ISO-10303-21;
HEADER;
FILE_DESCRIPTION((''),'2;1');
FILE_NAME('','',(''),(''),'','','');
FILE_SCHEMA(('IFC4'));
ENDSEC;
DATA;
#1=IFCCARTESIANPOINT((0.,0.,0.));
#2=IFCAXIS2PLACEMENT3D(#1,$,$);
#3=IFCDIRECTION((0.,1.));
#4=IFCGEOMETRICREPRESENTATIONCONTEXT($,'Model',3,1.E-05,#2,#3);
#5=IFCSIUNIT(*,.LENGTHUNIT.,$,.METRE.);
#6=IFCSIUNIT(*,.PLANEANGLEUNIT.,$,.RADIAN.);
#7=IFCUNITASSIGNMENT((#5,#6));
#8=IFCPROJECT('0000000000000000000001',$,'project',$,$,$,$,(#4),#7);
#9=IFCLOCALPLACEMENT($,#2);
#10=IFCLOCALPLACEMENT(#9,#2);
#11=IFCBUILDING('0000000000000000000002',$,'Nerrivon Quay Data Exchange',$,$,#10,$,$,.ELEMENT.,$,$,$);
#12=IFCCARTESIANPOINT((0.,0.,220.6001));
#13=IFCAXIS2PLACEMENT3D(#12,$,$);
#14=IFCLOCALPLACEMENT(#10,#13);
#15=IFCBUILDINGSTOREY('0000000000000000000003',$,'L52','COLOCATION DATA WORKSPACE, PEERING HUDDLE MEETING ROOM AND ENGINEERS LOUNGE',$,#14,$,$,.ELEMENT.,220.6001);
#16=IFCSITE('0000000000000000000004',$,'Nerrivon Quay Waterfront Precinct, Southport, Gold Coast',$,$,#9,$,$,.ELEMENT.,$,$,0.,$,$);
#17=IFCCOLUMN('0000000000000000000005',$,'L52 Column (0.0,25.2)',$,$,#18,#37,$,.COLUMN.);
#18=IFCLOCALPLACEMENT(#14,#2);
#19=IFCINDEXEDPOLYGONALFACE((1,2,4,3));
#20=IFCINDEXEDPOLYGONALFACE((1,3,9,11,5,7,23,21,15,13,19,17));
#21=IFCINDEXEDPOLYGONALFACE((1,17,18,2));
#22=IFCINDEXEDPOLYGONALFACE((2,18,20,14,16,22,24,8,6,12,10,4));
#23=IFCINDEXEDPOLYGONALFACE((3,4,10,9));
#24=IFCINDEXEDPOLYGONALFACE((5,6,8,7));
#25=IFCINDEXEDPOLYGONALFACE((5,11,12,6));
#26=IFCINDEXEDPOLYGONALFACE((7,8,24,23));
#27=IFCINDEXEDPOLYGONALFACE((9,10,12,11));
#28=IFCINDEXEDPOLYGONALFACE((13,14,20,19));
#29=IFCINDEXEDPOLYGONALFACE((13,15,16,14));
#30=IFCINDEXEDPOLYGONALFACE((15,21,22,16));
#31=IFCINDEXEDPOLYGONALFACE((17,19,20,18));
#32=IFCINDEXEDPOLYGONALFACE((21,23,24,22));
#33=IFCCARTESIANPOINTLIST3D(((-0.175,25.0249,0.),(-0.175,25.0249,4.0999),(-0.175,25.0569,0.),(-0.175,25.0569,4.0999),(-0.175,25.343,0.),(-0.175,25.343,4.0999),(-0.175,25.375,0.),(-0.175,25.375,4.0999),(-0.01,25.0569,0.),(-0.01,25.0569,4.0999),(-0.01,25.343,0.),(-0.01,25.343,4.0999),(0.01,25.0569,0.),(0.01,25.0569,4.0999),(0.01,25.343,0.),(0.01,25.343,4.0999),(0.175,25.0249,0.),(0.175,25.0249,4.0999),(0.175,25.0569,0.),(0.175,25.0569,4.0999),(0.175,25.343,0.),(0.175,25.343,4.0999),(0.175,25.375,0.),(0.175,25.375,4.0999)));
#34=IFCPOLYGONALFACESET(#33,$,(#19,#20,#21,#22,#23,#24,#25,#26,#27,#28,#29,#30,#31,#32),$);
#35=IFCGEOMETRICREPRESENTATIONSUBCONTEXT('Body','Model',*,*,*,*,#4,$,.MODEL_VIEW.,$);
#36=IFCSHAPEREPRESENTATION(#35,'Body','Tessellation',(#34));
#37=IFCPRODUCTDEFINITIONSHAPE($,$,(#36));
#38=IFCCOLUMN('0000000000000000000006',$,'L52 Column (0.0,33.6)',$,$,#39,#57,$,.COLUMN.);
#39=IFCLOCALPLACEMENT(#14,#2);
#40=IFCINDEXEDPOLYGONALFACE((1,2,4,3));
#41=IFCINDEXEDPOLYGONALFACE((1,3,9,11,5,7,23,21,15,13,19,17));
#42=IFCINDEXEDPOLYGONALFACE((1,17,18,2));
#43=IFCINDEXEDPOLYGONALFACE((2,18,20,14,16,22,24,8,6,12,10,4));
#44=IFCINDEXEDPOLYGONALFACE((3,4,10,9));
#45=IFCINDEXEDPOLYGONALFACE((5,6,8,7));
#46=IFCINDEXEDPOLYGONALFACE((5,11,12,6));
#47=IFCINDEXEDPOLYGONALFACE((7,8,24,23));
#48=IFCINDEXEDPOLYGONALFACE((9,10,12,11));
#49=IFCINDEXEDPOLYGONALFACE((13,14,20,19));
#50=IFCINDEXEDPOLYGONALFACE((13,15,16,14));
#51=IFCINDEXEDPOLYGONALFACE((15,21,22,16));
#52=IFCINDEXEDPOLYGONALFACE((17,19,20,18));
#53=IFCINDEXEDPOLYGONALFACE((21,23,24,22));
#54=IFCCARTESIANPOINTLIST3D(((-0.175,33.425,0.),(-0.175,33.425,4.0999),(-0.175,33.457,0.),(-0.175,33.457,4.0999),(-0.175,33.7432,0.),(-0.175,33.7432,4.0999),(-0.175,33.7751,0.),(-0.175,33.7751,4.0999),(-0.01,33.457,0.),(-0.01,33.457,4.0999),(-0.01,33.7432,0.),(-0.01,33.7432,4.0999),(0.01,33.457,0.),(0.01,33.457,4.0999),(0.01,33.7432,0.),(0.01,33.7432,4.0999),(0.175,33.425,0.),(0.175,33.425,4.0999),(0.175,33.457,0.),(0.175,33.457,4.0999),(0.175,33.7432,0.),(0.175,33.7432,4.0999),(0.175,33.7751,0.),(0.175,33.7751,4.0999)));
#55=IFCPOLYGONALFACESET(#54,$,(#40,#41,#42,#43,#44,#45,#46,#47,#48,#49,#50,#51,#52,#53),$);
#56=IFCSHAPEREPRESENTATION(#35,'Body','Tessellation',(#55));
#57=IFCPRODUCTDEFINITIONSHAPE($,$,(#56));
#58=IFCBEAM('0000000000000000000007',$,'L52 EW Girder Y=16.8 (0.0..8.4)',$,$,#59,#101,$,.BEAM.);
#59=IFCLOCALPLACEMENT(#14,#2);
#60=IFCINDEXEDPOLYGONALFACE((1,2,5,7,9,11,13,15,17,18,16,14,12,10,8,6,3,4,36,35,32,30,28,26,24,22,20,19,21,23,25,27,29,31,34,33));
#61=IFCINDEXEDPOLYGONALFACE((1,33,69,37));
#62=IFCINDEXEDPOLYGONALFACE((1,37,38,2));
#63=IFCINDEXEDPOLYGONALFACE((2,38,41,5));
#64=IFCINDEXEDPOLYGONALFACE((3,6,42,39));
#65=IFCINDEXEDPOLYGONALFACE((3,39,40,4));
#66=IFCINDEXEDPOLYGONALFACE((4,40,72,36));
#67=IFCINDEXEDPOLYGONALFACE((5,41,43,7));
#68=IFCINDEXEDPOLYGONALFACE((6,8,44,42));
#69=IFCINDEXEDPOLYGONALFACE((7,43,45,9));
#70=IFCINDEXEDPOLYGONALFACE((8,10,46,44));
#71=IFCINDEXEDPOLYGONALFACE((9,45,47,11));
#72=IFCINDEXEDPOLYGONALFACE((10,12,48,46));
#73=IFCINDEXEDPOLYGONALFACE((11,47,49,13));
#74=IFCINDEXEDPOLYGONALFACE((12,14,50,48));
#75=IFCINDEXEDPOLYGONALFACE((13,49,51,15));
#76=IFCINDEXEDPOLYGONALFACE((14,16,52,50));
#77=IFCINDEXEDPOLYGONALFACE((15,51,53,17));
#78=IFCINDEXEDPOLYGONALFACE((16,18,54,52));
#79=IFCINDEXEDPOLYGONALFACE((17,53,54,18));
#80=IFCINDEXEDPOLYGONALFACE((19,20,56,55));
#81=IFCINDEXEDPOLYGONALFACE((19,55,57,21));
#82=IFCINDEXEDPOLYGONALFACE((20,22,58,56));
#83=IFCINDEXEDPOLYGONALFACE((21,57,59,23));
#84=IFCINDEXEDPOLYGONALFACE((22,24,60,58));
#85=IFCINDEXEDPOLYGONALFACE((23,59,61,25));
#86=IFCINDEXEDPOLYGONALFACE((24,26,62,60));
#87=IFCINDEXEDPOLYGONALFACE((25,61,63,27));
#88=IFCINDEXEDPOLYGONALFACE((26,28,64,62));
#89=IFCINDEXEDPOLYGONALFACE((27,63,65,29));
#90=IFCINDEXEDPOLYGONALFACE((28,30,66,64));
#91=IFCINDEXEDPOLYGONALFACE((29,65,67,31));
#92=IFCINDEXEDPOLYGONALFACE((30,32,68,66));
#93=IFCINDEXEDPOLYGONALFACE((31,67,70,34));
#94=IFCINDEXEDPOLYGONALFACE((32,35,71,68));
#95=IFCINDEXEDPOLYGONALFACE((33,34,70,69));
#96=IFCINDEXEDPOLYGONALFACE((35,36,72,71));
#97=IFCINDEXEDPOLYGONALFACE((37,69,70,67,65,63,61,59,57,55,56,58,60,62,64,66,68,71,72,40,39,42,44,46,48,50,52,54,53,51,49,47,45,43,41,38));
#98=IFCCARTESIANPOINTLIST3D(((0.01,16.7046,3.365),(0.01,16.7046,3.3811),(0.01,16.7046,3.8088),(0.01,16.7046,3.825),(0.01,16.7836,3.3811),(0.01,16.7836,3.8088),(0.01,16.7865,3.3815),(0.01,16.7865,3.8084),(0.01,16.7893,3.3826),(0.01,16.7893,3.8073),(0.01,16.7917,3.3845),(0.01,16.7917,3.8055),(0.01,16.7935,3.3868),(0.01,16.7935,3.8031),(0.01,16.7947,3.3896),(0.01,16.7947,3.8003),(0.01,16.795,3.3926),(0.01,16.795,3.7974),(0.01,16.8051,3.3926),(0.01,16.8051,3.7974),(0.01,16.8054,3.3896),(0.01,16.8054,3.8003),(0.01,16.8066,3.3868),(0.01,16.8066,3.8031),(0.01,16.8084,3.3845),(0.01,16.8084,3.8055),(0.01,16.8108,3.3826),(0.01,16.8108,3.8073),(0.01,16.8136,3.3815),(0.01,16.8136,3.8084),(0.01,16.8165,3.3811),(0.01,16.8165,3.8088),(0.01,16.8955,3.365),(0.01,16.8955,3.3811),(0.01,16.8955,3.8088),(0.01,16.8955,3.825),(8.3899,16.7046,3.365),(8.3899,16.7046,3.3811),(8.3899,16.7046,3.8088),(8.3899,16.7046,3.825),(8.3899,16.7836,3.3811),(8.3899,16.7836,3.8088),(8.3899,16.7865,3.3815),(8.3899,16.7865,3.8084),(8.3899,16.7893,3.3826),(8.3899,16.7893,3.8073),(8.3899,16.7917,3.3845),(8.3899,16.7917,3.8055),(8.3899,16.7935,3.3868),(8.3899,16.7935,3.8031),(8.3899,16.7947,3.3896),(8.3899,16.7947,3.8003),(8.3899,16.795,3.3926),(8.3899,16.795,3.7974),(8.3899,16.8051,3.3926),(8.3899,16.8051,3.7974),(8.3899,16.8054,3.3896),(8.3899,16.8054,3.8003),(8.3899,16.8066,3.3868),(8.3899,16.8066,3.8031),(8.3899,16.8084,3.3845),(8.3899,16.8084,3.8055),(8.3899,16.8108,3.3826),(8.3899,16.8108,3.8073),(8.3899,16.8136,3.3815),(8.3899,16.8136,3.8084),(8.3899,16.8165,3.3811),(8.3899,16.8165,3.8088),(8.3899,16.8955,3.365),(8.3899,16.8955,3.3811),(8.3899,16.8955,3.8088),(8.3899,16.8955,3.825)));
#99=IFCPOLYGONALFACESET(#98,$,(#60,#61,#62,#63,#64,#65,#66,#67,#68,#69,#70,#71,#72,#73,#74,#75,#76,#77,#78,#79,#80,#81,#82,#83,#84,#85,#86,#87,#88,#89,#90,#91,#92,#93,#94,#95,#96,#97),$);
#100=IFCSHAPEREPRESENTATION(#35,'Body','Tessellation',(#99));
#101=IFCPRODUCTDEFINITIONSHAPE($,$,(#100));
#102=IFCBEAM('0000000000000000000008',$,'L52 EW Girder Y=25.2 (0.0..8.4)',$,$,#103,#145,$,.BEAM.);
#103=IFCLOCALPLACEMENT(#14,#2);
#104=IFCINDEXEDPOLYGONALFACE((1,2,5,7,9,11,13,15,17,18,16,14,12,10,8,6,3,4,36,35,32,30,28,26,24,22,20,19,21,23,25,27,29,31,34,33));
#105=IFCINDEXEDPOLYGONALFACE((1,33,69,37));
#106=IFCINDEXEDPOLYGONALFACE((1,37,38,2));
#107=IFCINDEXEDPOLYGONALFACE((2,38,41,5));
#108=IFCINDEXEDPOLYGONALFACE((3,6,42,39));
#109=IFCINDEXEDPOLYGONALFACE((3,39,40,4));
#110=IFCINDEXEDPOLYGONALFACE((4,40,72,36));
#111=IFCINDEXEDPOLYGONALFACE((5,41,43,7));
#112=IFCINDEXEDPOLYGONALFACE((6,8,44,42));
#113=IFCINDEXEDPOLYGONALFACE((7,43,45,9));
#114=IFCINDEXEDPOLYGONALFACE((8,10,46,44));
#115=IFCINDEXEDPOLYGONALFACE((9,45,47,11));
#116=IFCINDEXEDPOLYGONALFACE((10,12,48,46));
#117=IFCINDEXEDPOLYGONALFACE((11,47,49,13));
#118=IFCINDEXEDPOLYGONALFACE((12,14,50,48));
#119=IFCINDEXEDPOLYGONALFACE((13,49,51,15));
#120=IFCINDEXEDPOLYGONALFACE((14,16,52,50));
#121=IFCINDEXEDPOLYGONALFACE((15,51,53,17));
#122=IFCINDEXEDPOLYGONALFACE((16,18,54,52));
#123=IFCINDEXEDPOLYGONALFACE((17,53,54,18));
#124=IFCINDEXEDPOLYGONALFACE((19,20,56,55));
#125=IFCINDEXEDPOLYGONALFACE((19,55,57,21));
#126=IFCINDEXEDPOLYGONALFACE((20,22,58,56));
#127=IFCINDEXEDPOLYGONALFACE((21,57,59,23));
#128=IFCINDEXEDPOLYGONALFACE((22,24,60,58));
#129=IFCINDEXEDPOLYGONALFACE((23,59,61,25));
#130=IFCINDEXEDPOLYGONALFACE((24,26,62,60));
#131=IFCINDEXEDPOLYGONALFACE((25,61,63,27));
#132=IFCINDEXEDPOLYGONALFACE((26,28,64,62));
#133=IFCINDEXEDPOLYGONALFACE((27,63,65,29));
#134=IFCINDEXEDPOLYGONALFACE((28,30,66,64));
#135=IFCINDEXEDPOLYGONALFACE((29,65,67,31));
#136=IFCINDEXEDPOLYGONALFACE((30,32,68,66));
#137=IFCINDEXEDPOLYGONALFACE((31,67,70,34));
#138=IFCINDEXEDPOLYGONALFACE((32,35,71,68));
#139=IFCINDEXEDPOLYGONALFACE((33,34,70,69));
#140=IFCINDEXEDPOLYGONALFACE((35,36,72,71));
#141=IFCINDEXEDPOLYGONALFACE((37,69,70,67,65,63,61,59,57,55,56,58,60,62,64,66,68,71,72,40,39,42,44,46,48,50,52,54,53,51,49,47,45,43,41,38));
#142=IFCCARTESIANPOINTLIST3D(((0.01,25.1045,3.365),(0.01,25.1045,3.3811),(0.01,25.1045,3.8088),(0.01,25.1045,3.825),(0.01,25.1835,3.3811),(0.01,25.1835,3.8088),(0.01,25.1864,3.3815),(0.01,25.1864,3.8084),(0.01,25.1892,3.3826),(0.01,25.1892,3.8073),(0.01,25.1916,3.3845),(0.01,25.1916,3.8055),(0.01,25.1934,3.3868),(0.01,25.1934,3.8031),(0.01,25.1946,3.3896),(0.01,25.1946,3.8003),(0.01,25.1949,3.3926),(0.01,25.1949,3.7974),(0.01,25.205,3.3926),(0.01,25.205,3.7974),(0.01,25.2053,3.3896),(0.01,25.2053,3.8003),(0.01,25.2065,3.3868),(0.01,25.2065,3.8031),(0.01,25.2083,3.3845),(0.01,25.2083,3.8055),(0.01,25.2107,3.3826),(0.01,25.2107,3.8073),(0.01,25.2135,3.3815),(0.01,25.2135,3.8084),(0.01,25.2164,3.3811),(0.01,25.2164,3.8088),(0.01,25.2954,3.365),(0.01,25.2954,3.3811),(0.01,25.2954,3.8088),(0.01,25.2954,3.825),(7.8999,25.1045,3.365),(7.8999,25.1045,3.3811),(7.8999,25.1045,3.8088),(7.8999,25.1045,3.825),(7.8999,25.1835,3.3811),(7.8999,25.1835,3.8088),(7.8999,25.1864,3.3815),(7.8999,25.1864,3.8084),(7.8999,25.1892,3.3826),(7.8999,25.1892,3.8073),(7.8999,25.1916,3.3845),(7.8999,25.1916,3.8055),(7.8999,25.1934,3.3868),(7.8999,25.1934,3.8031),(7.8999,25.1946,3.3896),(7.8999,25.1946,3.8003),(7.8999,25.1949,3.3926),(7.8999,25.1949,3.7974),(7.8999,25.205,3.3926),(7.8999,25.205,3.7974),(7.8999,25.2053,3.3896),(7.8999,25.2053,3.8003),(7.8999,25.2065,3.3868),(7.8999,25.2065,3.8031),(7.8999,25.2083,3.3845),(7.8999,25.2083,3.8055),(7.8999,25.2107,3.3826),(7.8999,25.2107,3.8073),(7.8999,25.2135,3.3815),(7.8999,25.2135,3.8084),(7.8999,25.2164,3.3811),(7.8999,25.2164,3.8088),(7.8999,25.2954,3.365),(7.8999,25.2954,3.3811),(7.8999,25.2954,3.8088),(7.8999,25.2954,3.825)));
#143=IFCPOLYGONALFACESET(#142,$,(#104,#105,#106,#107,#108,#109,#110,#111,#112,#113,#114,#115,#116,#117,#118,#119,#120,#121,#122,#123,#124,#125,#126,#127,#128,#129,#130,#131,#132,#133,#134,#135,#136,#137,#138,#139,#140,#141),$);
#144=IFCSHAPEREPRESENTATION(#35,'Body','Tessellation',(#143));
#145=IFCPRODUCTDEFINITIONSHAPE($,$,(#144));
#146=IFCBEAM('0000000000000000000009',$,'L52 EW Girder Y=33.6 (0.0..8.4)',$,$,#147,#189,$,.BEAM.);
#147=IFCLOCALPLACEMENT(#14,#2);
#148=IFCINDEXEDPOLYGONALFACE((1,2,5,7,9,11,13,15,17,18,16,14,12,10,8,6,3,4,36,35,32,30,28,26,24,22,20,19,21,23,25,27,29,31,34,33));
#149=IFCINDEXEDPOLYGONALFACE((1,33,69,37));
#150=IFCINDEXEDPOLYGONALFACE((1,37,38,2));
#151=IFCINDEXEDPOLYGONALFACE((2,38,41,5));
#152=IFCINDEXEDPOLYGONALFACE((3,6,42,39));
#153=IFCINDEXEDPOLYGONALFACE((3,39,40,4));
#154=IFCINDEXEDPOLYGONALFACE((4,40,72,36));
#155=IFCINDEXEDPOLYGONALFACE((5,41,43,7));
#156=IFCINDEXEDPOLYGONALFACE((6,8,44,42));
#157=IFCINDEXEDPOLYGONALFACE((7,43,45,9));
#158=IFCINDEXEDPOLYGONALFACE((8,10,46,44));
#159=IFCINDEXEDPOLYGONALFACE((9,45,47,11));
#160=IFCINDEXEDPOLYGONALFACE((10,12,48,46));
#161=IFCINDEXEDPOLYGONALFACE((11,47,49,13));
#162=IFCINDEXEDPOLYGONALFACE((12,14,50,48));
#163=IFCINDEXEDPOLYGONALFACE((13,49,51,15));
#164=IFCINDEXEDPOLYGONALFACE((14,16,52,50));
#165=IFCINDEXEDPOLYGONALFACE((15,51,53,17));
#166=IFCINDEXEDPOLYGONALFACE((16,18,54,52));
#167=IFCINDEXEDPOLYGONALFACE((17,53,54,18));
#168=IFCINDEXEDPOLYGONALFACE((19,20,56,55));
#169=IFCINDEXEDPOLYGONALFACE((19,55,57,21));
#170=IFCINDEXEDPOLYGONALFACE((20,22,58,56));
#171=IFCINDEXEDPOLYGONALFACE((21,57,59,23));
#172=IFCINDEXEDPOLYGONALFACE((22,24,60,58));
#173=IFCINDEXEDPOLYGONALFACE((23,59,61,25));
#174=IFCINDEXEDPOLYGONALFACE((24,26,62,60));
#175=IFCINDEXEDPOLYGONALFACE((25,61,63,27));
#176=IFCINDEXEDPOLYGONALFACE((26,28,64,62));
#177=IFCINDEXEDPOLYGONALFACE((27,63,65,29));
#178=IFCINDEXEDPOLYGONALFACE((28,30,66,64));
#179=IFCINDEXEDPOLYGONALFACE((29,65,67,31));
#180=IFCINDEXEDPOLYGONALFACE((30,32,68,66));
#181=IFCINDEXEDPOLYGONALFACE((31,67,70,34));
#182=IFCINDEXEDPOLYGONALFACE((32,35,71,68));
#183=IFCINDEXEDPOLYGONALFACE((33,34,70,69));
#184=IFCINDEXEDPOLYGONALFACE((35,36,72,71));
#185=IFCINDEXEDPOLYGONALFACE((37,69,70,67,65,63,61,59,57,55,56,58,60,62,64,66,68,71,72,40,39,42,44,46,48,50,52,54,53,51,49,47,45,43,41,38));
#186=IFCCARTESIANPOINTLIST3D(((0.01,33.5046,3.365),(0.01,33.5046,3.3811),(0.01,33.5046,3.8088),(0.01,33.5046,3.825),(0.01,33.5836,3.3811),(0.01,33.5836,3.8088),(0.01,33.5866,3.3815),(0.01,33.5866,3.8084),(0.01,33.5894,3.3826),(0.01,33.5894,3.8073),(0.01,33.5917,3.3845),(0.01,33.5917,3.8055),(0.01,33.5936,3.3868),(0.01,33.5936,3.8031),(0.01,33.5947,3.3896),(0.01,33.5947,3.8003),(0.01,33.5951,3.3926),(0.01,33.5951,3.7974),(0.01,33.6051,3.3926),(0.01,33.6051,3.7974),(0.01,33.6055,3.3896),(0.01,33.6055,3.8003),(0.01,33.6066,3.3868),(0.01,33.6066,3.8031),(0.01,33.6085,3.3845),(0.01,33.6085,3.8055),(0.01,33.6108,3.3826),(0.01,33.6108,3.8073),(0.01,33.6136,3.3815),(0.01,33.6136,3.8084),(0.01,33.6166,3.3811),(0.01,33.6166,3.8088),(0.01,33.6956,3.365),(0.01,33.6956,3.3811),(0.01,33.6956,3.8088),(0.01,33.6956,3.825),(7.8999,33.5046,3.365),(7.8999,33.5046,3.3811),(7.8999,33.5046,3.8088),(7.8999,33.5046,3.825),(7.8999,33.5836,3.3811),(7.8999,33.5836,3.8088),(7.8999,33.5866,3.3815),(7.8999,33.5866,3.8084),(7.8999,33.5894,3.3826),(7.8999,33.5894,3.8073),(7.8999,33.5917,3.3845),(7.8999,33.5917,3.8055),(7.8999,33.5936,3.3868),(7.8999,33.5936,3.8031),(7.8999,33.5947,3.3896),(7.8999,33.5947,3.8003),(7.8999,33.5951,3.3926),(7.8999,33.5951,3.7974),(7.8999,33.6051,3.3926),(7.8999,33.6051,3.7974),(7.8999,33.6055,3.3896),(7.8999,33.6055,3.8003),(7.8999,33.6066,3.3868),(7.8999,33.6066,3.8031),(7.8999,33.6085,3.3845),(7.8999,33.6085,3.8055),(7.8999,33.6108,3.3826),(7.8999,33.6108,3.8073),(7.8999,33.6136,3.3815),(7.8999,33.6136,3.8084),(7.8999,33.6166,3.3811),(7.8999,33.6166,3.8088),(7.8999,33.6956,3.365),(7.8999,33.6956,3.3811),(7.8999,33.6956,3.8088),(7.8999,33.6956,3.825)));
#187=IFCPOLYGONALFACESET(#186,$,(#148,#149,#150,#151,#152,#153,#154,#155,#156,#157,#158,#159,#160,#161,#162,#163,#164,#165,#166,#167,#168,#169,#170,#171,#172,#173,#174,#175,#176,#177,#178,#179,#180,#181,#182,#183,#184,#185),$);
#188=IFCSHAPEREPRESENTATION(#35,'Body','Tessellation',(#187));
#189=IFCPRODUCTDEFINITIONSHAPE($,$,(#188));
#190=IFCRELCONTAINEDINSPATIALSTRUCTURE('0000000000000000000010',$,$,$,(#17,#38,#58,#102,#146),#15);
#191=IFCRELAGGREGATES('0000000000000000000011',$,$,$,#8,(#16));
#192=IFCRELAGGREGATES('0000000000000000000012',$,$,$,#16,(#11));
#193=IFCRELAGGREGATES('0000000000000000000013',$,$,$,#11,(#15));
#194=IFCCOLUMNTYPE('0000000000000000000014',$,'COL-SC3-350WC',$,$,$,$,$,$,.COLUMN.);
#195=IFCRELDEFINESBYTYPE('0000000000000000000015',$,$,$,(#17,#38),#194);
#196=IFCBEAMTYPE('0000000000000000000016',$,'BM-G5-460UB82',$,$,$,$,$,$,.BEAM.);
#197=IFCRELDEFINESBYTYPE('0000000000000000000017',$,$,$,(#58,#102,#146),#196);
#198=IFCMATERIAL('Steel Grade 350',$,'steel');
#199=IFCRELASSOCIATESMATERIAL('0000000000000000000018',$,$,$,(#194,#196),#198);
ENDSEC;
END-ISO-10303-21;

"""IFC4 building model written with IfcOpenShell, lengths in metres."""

from ifc_helpers import new_model, si_unit, direction, frame, origin, origin_2d, place, context, subcontext, project, spatial, i_section, extrude, material, material_profile, profile_set, type_object, element, save


model = new_model("IFC4")

# Units and contexts
model_context = context("Model", 3, precision=1e-05, world=origin(), true_north=direction((0.0, 1.0)))
body_context = subcontext(model_context, "Body", "Model", "MODEL_VIEW")
ifc_project = project(units=[si_unit("LENGTHUNIT", "METRE"), si_unit("PLANEANGLEUNIT", "RADIAN")], contexts=[model_context])

# Site, building, storey
site_placement = place(None, origin())
site = spatial("IfcSite", under=ifc_project, at=site_placement, Name="Nerrivon Quay Waterfront Precinct, Southport, Gold Coast", CompositionType="ELEMENT", RefElevation=0.0)
building_placement = place(site_placement, origin())
building = spatial("IfcBuilding", under=site, at=building_placement, Name="Nerrivon Quay Data Exchange", CompositionType="ELEMENT")
storey_placement = place(building_placement, frame((0.0, 0.0, 220.6001)))
storey = spatial("IfcBuildingStorey", under=building, at=storey_placement, Name="L52", Description="COLOCATION DATA WORKSPACE, PEERING HUDDLE MEETING ROOM AND ENGINEERS LOUNGE", CompositionType="ELEMENT", Elevation=220.6001)

# Columns
ifc_material_1 = material(Name="Steel Grade 350", Category="steel")
ifc_material_profile_1 = material_profile(ifc_material_1, i_section(OverallWidth=0.3501, OverallDepth=0.3501, WebThickness=0.02, FlangeThickness=0.032, at=origin_2d()), Name="350WC230")
ifc_profile_set_1 = profile_set([ifc_material_profile_1], Name="Steel Grade 350")
column_type = type_object("IfcColumnType", Name="COL-SC3-350WC", PredefinedType="COLUMN", material=ifc_profile_set_1)
for number, where, z_axis, x_axis, name in (
    (1, (0.0, 25.2, 0.0), (0.0, 0.0, 1.0), (1.0, 0.0, 0.0), "L52 Column (0.0,25.2)"),
    (2, (0.0, 33.6001, 0.0), (0.0, 0.0, 1.0), (1.0, 0.0, 0.0), "L52 Column (0.0,33.6)"),
):
    element("IfcColumn", number, at=place(storey_placement, frame(where, z_axis=z_axis, x_axis=x_axis)), inside=storey, type_object=column_type, Name=name, PredefinedType="COLUMN", context=body_context, shape_type="SweptSolid", body=[
        extrude(i_section(OverallWidth=0.3501, OverallDepth=0.3501, WebThickness=0.02, FlangeThickness=0.032, at=origin_2d()), origin(), (0.0, 0.0, 1.0), 4.0999),
    ])

# Beams
ifc_material_profile_2 = material_profile(ifc_material_1, i_section(OverallWidth=0.1909, OverallDepth=0.46, WebThickness=0.01, FlangeThickness=0.0161, FilletRadius=0.0115, at=origin_2d()), Name="460UB82.1")
ifc_profile_set_2 = profile_set([ifc_material_profile_2], Name="Steel Grade 350")
beam_type_1 = type_object("IfcBeamType", Name="BM-G5-460UB82", PredefinedType="BEAM", material=ifc_profile_set_2)
beam_1_placement = place(storey_placement, frame((0.01, 16.8, 3.595), z_axis=(1.0, 0.0, 0.0), x_axis=(0.0, 1.0, 0.0)))
element("IfcBeam", 3, at=beam_1_placement, inside=storey, type_object=beam_type_1, Name="L52 EW Girder Y=16.8 (0.0..8.4)", PredefinedType="BEAM", context=body_context, shape_type="SweptSolid", body=[
    extrude(i_section(OverallWidth=0.1909, OverallDepth=0.46, WebThickness=0.01, FlangeThickness=0.0161, FilletRadius=0.0115, at=origin_2d()), origin(), (0.0, 0.0, 1.0), 8.3799),
])
for number, where, z_axis, x_axis, name in (
    (4, (0.01, 25.2, 3.595), (1.0, 0.0, 0.0), (0.0, 1.0, 0.0), "L52 EW Girder Y=25.2 (0.0..8.4)"),
    (5, (0.01, 33.6001, 3.595), (1.0, 0.0, 0.0), (0.0, 1.0, 0.0), "L52 EW Girder Y=33.6 (0.0..8.4)"),
):
    element("IfcBeam", number, at=place(storey_placement, frame(where, z_axis=z_axis, x_axis=x_axis)), inside=storey, type_object=beam_type_1, Name=name, PredefinedType="BEAM", context=body_context, shape_type="SweptSolid", body=[
        extrude(i_section(OverallWidth=0.1909, OverallDepth=0.46, WebThickness=0.01, FlangeThickness=0.0161, FilletRadius=0.0115, at=origin_2d()), origin(), (0.0, 0.0, 1.0), 7.8899),
    ])

save(model, "model.ifc")
